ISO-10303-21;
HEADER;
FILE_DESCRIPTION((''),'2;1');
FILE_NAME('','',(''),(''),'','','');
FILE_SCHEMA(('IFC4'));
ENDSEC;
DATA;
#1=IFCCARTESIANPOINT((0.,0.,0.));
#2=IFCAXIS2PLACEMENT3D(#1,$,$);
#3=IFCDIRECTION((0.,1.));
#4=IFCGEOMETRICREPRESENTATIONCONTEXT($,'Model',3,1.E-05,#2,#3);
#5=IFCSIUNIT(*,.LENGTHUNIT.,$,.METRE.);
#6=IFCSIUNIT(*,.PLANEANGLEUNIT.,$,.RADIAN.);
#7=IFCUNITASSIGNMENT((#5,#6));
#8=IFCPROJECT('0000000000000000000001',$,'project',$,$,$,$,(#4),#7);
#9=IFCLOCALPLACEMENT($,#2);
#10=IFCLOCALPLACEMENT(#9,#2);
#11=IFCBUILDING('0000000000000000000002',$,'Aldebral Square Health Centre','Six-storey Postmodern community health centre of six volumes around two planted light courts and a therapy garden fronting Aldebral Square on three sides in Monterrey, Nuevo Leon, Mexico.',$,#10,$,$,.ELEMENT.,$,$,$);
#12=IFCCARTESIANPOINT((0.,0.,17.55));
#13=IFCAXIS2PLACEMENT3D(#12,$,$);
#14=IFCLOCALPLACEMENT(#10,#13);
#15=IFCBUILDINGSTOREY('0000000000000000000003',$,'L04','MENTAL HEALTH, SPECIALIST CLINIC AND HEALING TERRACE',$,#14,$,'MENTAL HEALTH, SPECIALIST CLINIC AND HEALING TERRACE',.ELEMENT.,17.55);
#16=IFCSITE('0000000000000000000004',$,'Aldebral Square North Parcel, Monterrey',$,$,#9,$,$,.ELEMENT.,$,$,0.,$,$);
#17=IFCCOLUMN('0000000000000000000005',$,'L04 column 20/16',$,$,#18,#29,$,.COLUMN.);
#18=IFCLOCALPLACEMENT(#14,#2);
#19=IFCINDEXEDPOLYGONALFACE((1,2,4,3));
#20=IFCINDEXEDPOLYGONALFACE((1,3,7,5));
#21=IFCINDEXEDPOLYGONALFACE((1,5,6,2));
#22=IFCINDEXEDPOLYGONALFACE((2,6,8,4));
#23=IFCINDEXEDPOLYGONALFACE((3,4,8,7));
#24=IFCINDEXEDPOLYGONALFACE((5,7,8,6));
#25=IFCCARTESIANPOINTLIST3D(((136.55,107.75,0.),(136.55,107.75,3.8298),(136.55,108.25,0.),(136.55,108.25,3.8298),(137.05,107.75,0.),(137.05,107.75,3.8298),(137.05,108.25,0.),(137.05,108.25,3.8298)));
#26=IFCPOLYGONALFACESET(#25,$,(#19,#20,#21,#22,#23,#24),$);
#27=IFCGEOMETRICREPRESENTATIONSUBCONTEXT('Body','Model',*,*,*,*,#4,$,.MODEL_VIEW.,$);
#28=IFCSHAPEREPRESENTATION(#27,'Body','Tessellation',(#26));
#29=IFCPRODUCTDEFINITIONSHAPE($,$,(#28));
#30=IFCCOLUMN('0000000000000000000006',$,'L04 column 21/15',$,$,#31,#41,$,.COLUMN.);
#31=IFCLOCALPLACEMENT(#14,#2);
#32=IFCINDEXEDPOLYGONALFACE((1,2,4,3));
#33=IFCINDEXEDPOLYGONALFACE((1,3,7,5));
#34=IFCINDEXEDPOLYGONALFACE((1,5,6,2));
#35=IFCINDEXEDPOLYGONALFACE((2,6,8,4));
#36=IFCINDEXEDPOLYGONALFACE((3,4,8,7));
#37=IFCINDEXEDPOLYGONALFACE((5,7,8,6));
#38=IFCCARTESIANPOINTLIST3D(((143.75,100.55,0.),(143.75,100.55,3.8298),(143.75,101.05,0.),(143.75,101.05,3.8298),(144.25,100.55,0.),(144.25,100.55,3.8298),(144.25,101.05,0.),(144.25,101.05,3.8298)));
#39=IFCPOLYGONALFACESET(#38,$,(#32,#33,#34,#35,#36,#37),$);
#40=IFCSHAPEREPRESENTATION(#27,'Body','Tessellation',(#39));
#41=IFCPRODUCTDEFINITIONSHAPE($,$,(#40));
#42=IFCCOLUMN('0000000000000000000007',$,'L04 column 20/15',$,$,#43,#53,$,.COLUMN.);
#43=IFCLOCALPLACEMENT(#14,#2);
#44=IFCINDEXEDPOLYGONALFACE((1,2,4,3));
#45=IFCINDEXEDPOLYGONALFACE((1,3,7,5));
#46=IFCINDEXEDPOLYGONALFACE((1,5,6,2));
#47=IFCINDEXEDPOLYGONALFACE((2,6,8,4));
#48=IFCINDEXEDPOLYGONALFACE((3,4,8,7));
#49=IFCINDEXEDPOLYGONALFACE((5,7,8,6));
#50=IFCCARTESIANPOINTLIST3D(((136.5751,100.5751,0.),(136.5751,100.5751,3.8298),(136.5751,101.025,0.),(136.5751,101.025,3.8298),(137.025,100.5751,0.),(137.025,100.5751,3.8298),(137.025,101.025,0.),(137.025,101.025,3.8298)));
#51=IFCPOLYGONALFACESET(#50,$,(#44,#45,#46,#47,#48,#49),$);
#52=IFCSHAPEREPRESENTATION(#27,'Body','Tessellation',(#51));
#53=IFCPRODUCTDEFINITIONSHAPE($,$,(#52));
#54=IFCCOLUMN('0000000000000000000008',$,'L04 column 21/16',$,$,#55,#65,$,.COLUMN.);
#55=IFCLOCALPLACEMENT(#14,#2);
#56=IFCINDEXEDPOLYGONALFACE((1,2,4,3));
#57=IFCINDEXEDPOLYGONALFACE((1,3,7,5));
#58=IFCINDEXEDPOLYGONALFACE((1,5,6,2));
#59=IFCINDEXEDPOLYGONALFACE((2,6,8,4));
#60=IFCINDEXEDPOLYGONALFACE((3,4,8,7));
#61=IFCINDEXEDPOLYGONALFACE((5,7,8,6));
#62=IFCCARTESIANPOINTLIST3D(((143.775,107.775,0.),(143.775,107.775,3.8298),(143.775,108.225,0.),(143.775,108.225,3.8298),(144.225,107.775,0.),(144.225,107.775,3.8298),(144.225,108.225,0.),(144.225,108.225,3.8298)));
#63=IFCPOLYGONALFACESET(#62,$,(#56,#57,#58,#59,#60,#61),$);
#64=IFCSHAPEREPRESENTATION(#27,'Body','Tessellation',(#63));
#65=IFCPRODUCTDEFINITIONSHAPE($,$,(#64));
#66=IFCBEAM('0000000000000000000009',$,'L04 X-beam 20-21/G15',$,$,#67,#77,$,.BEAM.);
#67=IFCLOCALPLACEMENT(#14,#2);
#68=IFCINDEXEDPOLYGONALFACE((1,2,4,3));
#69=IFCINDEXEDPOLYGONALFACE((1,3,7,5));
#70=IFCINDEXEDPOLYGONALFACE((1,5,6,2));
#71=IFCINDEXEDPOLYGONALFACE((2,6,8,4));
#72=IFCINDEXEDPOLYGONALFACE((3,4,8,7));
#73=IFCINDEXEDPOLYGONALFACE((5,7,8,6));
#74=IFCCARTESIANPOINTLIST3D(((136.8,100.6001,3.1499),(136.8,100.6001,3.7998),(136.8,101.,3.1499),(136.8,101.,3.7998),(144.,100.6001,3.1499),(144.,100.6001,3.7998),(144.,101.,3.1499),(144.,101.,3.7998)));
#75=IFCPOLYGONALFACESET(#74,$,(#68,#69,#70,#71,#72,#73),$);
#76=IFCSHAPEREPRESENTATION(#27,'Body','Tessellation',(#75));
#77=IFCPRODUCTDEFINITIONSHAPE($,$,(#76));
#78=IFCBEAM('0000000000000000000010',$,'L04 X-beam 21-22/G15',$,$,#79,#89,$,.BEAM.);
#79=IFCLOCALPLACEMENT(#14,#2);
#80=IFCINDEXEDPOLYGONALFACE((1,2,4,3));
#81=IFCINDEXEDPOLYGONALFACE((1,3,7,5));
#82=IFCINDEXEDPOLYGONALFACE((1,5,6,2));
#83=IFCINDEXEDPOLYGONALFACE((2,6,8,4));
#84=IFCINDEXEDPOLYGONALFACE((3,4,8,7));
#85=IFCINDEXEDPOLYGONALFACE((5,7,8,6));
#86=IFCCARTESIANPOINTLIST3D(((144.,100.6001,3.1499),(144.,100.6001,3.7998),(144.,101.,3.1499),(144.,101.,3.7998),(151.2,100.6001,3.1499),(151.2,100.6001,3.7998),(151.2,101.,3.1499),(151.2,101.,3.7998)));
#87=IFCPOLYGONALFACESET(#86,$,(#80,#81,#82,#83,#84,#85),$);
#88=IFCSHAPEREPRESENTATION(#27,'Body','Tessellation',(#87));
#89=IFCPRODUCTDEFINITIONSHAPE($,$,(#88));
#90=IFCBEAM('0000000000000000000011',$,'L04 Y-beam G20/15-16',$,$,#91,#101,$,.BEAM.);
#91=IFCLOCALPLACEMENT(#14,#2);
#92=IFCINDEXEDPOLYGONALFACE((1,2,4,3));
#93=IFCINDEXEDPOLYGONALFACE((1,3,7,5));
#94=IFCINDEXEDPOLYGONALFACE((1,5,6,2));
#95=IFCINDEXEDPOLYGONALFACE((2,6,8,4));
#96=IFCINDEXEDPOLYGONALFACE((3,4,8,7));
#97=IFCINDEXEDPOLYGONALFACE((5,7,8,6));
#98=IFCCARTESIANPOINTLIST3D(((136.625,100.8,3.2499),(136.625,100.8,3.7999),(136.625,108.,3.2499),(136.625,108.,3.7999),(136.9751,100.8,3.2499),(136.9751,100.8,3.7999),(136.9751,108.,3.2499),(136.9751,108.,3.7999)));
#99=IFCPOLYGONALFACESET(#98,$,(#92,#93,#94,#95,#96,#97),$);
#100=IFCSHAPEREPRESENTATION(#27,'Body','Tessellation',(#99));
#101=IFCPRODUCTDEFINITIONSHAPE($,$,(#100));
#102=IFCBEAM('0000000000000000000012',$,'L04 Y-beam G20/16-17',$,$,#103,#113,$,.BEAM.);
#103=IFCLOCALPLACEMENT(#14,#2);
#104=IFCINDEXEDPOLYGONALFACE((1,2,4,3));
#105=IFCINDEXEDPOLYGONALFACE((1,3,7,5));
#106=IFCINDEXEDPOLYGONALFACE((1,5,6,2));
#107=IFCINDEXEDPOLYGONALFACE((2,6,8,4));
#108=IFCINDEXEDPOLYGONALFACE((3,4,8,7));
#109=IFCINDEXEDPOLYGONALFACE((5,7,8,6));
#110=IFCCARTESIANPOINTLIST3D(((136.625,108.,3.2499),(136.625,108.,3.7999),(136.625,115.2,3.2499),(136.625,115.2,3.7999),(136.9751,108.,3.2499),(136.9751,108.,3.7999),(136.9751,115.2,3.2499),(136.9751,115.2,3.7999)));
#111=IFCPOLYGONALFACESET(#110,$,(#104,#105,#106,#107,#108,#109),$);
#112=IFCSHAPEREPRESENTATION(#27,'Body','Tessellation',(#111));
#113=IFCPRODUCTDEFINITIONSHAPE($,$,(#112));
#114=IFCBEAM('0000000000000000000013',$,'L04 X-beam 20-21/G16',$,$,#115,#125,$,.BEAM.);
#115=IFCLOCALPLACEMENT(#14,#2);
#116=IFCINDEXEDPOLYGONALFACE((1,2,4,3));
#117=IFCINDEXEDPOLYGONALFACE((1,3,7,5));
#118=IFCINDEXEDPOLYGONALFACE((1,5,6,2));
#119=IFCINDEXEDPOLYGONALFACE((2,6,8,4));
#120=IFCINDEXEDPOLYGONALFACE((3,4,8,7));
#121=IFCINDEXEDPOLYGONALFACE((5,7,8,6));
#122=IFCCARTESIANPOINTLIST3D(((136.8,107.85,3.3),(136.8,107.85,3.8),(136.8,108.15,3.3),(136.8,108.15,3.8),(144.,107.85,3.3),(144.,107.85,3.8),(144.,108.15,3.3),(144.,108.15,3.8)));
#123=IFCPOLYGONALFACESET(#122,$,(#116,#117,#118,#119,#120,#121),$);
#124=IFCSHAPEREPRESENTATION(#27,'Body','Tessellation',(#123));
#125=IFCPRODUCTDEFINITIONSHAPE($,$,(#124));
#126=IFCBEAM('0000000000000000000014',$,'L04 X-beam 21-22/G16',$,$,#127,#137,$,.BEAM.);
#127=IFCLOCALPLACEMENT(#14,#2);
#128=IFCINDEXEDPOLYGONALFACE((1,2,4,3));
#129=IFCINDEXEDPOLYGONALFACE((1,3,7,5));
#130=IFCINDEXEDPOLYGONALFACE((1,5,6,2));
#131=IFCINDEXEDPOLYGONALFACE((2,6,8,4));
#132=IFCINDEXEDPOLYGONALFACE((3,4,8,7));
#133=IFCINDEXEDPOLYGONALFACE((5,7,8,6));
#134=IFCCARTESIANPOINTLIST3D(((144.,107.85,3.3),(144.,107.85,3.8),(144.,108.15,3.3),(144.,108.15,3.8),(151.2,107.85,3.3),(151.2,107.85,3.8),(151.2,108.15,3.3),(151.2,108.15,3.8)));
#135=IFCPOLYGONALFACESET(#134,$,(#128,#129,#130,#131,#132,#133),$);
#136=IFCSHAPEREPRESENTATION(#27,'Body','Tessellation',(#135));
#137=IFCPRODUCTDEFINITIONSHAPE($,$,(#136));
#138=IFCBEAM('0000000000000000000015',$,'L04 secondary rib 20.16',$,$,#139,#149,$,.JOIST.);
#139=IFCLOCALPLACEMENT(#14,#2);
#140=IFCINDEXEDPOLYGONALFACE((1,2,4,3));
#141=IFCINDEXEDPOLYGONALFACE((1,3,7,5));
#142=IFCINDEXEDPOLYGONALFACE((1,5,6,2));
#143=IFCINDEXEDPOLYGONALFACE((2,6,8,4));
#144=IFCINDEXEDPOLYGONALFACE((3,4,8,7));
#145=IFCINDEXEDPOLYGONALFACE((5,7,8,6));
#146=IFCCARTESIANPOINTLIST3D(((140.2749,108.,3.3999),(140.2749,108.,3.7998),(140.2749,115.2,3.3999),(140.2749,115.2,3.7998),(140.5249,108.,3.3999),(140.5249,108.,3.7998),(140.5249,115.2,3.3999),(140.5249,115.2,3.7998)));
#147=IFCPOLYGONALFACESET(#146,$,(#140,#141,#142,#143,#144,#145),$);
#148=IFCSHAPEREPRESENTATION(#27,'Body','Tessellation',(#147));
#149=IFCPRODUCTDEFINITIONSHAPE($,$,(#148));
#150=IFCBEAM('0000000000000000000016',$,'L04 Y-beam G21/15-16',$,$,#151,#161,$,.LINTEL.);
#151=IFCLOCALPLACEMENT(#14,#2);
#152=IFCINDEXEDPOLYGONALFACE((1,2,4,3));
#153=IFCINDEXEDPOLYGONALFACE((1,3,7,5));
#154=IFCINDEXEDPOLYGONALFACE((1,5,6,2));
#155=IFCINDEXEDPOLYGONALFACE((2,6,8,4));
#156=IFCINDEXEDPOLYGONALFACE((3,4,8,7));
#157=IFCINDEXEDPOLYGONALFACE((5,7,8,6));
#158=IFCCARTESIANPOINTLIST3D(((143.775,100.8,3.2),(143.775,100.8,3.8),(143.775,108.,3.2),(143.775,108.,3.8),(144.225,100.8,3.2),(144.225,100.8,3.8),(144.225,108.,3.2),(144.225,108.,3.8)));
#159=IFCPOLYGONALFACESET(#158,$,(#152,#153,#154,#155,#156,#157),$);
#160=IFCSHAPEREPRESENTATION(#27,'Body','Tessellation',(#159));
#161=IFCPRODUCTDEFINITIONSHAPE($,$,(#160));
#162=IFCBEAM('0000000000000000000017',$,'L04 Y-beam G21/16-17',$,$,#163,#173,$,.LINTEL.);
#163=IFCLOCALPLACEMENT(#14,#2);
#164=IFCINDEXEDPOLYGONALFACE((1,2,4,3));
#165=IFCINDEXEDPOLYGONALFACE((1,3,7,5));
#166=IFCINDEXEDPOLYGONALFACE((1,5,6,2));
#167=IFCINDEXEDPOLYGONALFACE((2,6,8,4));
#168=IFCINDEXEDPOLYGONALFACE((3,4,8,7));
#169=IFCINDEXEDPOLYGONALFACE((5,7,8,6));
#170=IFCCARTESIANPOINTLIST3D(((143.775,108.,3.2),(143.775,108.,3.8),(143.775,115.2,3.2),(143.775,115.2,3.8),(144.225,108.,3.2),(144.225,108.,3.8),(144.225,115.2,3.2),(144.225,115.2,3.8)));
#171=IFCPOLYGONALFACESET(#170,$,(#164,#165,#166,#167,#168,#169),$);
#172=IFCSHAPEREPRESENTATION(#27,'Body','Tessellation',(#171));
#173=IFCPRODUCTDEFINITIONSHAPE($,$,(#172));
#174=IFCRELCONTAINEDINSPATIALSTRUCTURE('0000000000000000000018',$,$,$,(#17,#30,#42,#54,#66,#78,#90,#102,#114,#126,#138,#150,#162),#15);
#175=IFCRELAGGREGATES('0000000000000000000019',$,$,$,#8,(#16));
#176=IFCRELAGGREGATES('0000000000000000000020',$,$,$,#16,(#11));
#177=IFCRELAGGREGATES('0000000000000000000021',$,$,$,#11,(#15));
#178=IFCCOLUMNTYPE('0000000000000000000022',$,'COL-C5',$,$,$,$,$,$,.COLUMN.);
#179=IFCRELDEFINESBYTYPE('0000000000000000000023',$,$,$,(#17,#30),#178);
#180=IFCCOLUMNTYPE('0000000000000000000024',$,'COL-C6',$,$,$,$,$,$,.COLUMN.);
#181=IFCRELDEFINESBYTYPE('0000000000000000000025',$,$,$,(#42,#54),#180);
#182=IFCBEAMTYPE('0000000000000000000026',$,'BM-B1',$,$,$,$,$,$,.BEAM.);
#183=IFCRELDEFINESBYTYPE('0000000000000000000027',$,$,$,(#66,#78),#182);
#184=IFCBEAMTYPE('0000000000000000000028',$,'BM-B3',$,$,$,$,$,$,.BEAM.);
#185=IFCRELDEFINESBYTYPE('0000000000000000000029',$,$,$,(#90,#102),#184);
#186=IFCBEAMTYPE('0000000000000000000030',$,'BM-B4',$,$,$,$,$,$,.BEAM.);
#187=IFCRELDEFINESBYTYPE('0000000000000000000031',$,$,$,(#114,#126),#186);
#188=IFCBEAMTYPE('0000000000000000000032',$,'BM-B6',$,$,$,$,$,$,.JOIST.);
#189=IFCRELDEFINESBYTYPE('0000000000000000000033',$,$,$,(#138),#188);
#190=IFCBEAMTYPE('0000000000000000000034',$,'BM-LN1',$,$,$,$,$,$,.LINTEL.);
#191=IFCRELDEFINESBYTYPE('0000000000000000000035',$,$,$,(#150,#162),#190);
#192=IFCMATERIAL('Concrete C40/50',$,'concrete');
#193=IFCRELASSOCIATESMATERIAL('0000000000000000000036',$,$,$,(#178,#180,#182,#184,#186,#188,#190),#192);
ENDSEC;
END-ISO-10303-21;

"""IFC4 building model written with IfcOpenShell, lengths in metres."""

from ifc_helpers import new_model, si_unit, direction, frame, origin, origin_2d, place, context, subcontext, project, spatial, rectangle, extrude, material, material_profile, profile_set, type_object, element, save


model = new_model("IFC4")

# Units and contexts
model_context = context("Model", 3, precision=1e-05, world=origin(), true_north=direction((0.0, 1.0)))
body_context = subcontext(model_context, "Body", "Model", "MODEL_VIEW")
ifc_project = project(units=[si_unit("LENGTHUNIT", "METRE"), si_unit("PLANEANGLEUNIT", "RADIAN")], contexts=[model_context])

# Site, building, storey
site_placement = place(None, origin())
site = spatial("IfcSite", under=ifc_project, at=site_placement, Name="Aldebral Square North Parcel, Monterrey", CompositionType="ELEMENT", RefElevation=0.0)
building_placement = place(site_placement, origin())
building = spatial("IfcBuilding", under=site, at=building_placement, Name="Aldebral Square Health Centre", Description="Six-storey Postmodern community health centre of six volumes around two planted light courts and a therapy garden fronting Aldebral Square on three sides in Monterrey, Nuevo Leon, Mexico.", CompositionType="ELEMENT")
storey_placement = place(building_placement, frame((0.0, 0.0, 17.55)))
storey = spatial("IfcBuildingStorey", under=building, at=storey_placement, Name="L04", Description="MENTAL HEALTH, SPECIALIST CLINIC AND HEALING TERRACE", LongName="MENTAL HEALTH, SPECIALIST CLINIC AND HEALING TERRACE", CompositionType="ELEMENT", Elevation=17.55)

# Columns
ifc_material_1 = material(Name="Concrete C40/50", Category="concrete")
ifc_material_profile_1 = material_profile(ifc_material_1, rectangle(XDim=0.5, YDim=0.5, at=origin_2d()), Name="RC 500x500")
ifc_profile_set_1 = profile_set([ifc_material_profile_1], Name="Concrete C40/50")
column_type_1 = type_object("IfcColumnType", Name="COL-C5", PredefinedType="COLUMN", material=ifc_profile_set_1)
for number, where, z_axis, x_axis, name in (
    (1, (136.8, 108.0, 0.0), (0.0, 0.0, 1.0), (1.0, 0.0, 0.0), "L04 column 20/16"),
    (2, (144.0, 100.8, 0.0), (0.0, 0.0, 1.0), (1.0, 0.0, 0.0), "L04 column 21/15"),
):
    element("IfcColumn", number, at=place(storey_placement, frame(where, z_axis=z_axis, x_axis=x_axis)), inside=storey, type_object=column_type_1, Name=name, PredefinedType="COLUMN", context=body_context, shape_type="SweptSolid", body=[
        extrude(rectangle(XDim=0.5, YDim=0.5, at=origin_2d()), origin(), (0.0, 0.0, 1.0), 3.8298),
    ])
ifc_material_profile_2 = material_profile(ifc_material_1, rectangle(XDim=0.45, YDim=0.45, at=origin_2d()), Name="RC 450x450")
ifc_profile_set_2 = profile_set([ifc_material_profile_2], Name="Concrete C40/50")
column_type_2 = type_object("IfcColumnType", Name="COL-C6", PredefinedType="COLUMN", material=ifc_profile_set_2)
for number, where, z_axis, x_axis, name in (
    (3, (136.8, 100.8, 0.0), (0.0, 0.0, 1.0), (1.0, 0.0, 0.0), "L04 column 20/15"),
    (4, (144.0, 108.0, 0.0), (0.0, 0.0, 1.0), (1.0, 0.0, 0.0), "L04 column 21/16"),
):
    element("IfcColumn", number, at=place(storey_placement, frame(where, z_axis=z_axis, x_axis=x_axis)), inside=storey, type_object=column_type_2, Name=name, PredefinedType="COLUMN", context=body_context, shape_type="SweptSolid", body=[
        extrude(rectangle(XDim=0.45, YDim=0.45, at=origin_2d()), origin(), (0.0, 0.0, 1.0), 3.8298),
    ])

# Beams
ifc_material_profile_3 = material_profile(ifc_material_1, rectangle(XDim=0.3999, YDim=0.6499, at=origin_2d()), Name="RC 400x650")
ifc_profile_set_3 = profile_set([ifc_material_profile_3], Name="Concrete C40/50")
beam_type_1 = type_object("IfcBeamType", Name="BM-B1", PredefinedType="BEAM", material=ifc_profile_set_3)
for number, where, z_axis, x_axis, name in (
    (5, (136.8, 100.8, 3.4749), (1.0, 0.0, 0.0), (0.0, 1.0, 0.0), "L04 X-beam 20-21/G15"),
    (6, (144.0, 100.8, 3.4749), (1.0, 0.0, 0.0), (0.0, 1.0, 0.0), "L04 X-beam 21-22/G15"),
):
    element("IfcBeam", number, at=place(storey_placement, frame(where, z_axis=z_axis, x_axis=x_axis)), inside=storey, type_object=beam_type_1, Name=name, PredefinedType="BEAM", context=body_context, shape_type="SweptSolid", body=[
        extrude(rectangle(XDim=0.3999, YDim=0.6499, at=origin_2d()), origin(), (0.0, 0.0, 1.0), 7.2),
    ])
ifc_material_profile_4 = material_profile(ifc_material_1, rectangle(XDim=0.3501, YDim=0.55, at=origin_2d()), Name="RC 350x550")
ifc_profile_set_4 = profile_set([ifc_material_profile_4], Name="Concrete C40/50")
beam_type_2 = type_object("IfcBeamType", Name="BM-B3", PredefinedType="BEAM", material=ifc_profile_set_4)
for number, where, z_axis, x_axis, name in (
    (7, (136.8, 100.8, 3.5249), (0.0, 1.0, 0.0), (-1.0, 0.0, 0.0), "L04 Y-beam G20/15-16"),
    (8, (136.8, 108.0, 3.5249), (0.0, 1.0, 0.0), (-1.0, 0.0, 0.0), "L04 Y-beam G20/16-17"),
):
    element("IfcBeam", number, at=place(storey_placement, frame(where, z_axis=z_axis, x_axis=x_axis)), inside=storey, type_object=beam_type_2, Name=name, PredefinedType="BEAM", context=body_context, shape_type="SweptSolid", body=[
        extrude(rectangle(XDim=0.3501, YDim=0.55, at=origin_2d()), origin(), (0.0, 0.0, 1.0), 7.2),
    ])
ifc_material_profile_5 = material_profile(ifc_material_1, rectangle(XDim=0.3, YDim=0.5, at=origin_2d()), Name="RC 300x500")
ifc_profile_set_5 = profile_set([ifc_material_profile_5], Name="Concrete C40/50")
beam_type_3 = type_object("IfcBeamType", Name="BM-B4", PredefinedType="BEAM", material=ifc_profile_set_5)
for number, where, z_axis, x_axis, name in (
    (9, (136.8, 108.0, 3.55), (1.0, 0.0, 0.0), (0.0, 1.0, 0.0), "L04 X-beam 20-21/G16"),
    (10, (144.0, 108.0, 3.55), (1.0, 0.0, 0.0), (0.0, 1.0, 0.0), "L04 X-beam 21-22/G16"),
):
    element("IfcBeam", number, at=place(storey_placement, frame(where, z_axis=z_axis, x_axis=x_axis)), inside=storey, type_object=beam_type_3, Name=name, PredefinedType="BEAM", context=body_context, shape_type="SweptSolid", body=[
        extrude(rectangle(XDim=0.3, YDim=0.5, at=origin_2d()), origin(), (0.0, 0.0, 1.0), 7.2),
    ])
ifc_material_profile_6 = material_profile(ifc_material_1, rectangle(XDim=0.25, YDim=0.3999, at=origin_2d()), Name="RC 250x400")
ifc_profile_set_6 = profile_set([ifc_material_profile_6], Name="Concrete C40/50")
beam_type_4 = type_object("IfcBeamType", Name="BM-B6", PredefinedType="JOIST", material=ifc_profile_set_6)
beam_placement = place(storey_placement, frame((140.3999, 108.0, 3.5999), z_axis=(0.0, 1.0, 0.0), x_axis=(-1.0, 0.0, 0.0)))
element("IfcBeam", 11, at=beam_placement, inside=storey, type_object=beam_type_4, Name="L04 secondary rib 20.16", PredefinedType="JOIST", context=body_context, shape_type="SweptSolid", body=[
    extrude(rectangle(XDim=0.25, YDim=0.3999, at=origin_2d()), origin(), (0.0, 0.0, 1.0), 7.2),
])
ifc_material_profile_7 = material_profile(ifc_material_1, rectangle(XDim=0.45, YDim=0.6001, at=origin_2d()), Name="RC 450x600")
ifc_profile_set_7 = profile_set([ifc_material_profile_7], Name="Concrete C40/50")
beam_type_5 = type_object("IfcBeamType", Name="BM-LN1", PredefinedType="LINTEL", material=ifc_profile_set_7)
for number, where, z_axis, x_axis, name in (
    (12, (144.0, 100.8, 3.5), (0.0, 1.0, 0.0), (-1.0, 0.0, 0.0), "L04 Y-beam G21/15-16"),
    (13, (144.0, 108.0, 3.5), (0.0, 1.0, 0.0), (-1.0, 0.0, 0.0), "L04 Y-beam G21/16-17"),
):
    element("IfcBeam", number, at=place(storey_placement, frame(where, z_axis=z_axis, x_axis=x_axis)), inside=storey, type_object=beam_type_5, Name=name, PredefinedType="LINTEL", context=body_context, shape_type="SweptSolid", body=[
        extrude(rectangle(XDim=0.45, YDim=0.6001, at=origin_2d()), origin(), (0.0, 0.0, 1.0), 7.2),
    ])

save(model, "model.ifc")
